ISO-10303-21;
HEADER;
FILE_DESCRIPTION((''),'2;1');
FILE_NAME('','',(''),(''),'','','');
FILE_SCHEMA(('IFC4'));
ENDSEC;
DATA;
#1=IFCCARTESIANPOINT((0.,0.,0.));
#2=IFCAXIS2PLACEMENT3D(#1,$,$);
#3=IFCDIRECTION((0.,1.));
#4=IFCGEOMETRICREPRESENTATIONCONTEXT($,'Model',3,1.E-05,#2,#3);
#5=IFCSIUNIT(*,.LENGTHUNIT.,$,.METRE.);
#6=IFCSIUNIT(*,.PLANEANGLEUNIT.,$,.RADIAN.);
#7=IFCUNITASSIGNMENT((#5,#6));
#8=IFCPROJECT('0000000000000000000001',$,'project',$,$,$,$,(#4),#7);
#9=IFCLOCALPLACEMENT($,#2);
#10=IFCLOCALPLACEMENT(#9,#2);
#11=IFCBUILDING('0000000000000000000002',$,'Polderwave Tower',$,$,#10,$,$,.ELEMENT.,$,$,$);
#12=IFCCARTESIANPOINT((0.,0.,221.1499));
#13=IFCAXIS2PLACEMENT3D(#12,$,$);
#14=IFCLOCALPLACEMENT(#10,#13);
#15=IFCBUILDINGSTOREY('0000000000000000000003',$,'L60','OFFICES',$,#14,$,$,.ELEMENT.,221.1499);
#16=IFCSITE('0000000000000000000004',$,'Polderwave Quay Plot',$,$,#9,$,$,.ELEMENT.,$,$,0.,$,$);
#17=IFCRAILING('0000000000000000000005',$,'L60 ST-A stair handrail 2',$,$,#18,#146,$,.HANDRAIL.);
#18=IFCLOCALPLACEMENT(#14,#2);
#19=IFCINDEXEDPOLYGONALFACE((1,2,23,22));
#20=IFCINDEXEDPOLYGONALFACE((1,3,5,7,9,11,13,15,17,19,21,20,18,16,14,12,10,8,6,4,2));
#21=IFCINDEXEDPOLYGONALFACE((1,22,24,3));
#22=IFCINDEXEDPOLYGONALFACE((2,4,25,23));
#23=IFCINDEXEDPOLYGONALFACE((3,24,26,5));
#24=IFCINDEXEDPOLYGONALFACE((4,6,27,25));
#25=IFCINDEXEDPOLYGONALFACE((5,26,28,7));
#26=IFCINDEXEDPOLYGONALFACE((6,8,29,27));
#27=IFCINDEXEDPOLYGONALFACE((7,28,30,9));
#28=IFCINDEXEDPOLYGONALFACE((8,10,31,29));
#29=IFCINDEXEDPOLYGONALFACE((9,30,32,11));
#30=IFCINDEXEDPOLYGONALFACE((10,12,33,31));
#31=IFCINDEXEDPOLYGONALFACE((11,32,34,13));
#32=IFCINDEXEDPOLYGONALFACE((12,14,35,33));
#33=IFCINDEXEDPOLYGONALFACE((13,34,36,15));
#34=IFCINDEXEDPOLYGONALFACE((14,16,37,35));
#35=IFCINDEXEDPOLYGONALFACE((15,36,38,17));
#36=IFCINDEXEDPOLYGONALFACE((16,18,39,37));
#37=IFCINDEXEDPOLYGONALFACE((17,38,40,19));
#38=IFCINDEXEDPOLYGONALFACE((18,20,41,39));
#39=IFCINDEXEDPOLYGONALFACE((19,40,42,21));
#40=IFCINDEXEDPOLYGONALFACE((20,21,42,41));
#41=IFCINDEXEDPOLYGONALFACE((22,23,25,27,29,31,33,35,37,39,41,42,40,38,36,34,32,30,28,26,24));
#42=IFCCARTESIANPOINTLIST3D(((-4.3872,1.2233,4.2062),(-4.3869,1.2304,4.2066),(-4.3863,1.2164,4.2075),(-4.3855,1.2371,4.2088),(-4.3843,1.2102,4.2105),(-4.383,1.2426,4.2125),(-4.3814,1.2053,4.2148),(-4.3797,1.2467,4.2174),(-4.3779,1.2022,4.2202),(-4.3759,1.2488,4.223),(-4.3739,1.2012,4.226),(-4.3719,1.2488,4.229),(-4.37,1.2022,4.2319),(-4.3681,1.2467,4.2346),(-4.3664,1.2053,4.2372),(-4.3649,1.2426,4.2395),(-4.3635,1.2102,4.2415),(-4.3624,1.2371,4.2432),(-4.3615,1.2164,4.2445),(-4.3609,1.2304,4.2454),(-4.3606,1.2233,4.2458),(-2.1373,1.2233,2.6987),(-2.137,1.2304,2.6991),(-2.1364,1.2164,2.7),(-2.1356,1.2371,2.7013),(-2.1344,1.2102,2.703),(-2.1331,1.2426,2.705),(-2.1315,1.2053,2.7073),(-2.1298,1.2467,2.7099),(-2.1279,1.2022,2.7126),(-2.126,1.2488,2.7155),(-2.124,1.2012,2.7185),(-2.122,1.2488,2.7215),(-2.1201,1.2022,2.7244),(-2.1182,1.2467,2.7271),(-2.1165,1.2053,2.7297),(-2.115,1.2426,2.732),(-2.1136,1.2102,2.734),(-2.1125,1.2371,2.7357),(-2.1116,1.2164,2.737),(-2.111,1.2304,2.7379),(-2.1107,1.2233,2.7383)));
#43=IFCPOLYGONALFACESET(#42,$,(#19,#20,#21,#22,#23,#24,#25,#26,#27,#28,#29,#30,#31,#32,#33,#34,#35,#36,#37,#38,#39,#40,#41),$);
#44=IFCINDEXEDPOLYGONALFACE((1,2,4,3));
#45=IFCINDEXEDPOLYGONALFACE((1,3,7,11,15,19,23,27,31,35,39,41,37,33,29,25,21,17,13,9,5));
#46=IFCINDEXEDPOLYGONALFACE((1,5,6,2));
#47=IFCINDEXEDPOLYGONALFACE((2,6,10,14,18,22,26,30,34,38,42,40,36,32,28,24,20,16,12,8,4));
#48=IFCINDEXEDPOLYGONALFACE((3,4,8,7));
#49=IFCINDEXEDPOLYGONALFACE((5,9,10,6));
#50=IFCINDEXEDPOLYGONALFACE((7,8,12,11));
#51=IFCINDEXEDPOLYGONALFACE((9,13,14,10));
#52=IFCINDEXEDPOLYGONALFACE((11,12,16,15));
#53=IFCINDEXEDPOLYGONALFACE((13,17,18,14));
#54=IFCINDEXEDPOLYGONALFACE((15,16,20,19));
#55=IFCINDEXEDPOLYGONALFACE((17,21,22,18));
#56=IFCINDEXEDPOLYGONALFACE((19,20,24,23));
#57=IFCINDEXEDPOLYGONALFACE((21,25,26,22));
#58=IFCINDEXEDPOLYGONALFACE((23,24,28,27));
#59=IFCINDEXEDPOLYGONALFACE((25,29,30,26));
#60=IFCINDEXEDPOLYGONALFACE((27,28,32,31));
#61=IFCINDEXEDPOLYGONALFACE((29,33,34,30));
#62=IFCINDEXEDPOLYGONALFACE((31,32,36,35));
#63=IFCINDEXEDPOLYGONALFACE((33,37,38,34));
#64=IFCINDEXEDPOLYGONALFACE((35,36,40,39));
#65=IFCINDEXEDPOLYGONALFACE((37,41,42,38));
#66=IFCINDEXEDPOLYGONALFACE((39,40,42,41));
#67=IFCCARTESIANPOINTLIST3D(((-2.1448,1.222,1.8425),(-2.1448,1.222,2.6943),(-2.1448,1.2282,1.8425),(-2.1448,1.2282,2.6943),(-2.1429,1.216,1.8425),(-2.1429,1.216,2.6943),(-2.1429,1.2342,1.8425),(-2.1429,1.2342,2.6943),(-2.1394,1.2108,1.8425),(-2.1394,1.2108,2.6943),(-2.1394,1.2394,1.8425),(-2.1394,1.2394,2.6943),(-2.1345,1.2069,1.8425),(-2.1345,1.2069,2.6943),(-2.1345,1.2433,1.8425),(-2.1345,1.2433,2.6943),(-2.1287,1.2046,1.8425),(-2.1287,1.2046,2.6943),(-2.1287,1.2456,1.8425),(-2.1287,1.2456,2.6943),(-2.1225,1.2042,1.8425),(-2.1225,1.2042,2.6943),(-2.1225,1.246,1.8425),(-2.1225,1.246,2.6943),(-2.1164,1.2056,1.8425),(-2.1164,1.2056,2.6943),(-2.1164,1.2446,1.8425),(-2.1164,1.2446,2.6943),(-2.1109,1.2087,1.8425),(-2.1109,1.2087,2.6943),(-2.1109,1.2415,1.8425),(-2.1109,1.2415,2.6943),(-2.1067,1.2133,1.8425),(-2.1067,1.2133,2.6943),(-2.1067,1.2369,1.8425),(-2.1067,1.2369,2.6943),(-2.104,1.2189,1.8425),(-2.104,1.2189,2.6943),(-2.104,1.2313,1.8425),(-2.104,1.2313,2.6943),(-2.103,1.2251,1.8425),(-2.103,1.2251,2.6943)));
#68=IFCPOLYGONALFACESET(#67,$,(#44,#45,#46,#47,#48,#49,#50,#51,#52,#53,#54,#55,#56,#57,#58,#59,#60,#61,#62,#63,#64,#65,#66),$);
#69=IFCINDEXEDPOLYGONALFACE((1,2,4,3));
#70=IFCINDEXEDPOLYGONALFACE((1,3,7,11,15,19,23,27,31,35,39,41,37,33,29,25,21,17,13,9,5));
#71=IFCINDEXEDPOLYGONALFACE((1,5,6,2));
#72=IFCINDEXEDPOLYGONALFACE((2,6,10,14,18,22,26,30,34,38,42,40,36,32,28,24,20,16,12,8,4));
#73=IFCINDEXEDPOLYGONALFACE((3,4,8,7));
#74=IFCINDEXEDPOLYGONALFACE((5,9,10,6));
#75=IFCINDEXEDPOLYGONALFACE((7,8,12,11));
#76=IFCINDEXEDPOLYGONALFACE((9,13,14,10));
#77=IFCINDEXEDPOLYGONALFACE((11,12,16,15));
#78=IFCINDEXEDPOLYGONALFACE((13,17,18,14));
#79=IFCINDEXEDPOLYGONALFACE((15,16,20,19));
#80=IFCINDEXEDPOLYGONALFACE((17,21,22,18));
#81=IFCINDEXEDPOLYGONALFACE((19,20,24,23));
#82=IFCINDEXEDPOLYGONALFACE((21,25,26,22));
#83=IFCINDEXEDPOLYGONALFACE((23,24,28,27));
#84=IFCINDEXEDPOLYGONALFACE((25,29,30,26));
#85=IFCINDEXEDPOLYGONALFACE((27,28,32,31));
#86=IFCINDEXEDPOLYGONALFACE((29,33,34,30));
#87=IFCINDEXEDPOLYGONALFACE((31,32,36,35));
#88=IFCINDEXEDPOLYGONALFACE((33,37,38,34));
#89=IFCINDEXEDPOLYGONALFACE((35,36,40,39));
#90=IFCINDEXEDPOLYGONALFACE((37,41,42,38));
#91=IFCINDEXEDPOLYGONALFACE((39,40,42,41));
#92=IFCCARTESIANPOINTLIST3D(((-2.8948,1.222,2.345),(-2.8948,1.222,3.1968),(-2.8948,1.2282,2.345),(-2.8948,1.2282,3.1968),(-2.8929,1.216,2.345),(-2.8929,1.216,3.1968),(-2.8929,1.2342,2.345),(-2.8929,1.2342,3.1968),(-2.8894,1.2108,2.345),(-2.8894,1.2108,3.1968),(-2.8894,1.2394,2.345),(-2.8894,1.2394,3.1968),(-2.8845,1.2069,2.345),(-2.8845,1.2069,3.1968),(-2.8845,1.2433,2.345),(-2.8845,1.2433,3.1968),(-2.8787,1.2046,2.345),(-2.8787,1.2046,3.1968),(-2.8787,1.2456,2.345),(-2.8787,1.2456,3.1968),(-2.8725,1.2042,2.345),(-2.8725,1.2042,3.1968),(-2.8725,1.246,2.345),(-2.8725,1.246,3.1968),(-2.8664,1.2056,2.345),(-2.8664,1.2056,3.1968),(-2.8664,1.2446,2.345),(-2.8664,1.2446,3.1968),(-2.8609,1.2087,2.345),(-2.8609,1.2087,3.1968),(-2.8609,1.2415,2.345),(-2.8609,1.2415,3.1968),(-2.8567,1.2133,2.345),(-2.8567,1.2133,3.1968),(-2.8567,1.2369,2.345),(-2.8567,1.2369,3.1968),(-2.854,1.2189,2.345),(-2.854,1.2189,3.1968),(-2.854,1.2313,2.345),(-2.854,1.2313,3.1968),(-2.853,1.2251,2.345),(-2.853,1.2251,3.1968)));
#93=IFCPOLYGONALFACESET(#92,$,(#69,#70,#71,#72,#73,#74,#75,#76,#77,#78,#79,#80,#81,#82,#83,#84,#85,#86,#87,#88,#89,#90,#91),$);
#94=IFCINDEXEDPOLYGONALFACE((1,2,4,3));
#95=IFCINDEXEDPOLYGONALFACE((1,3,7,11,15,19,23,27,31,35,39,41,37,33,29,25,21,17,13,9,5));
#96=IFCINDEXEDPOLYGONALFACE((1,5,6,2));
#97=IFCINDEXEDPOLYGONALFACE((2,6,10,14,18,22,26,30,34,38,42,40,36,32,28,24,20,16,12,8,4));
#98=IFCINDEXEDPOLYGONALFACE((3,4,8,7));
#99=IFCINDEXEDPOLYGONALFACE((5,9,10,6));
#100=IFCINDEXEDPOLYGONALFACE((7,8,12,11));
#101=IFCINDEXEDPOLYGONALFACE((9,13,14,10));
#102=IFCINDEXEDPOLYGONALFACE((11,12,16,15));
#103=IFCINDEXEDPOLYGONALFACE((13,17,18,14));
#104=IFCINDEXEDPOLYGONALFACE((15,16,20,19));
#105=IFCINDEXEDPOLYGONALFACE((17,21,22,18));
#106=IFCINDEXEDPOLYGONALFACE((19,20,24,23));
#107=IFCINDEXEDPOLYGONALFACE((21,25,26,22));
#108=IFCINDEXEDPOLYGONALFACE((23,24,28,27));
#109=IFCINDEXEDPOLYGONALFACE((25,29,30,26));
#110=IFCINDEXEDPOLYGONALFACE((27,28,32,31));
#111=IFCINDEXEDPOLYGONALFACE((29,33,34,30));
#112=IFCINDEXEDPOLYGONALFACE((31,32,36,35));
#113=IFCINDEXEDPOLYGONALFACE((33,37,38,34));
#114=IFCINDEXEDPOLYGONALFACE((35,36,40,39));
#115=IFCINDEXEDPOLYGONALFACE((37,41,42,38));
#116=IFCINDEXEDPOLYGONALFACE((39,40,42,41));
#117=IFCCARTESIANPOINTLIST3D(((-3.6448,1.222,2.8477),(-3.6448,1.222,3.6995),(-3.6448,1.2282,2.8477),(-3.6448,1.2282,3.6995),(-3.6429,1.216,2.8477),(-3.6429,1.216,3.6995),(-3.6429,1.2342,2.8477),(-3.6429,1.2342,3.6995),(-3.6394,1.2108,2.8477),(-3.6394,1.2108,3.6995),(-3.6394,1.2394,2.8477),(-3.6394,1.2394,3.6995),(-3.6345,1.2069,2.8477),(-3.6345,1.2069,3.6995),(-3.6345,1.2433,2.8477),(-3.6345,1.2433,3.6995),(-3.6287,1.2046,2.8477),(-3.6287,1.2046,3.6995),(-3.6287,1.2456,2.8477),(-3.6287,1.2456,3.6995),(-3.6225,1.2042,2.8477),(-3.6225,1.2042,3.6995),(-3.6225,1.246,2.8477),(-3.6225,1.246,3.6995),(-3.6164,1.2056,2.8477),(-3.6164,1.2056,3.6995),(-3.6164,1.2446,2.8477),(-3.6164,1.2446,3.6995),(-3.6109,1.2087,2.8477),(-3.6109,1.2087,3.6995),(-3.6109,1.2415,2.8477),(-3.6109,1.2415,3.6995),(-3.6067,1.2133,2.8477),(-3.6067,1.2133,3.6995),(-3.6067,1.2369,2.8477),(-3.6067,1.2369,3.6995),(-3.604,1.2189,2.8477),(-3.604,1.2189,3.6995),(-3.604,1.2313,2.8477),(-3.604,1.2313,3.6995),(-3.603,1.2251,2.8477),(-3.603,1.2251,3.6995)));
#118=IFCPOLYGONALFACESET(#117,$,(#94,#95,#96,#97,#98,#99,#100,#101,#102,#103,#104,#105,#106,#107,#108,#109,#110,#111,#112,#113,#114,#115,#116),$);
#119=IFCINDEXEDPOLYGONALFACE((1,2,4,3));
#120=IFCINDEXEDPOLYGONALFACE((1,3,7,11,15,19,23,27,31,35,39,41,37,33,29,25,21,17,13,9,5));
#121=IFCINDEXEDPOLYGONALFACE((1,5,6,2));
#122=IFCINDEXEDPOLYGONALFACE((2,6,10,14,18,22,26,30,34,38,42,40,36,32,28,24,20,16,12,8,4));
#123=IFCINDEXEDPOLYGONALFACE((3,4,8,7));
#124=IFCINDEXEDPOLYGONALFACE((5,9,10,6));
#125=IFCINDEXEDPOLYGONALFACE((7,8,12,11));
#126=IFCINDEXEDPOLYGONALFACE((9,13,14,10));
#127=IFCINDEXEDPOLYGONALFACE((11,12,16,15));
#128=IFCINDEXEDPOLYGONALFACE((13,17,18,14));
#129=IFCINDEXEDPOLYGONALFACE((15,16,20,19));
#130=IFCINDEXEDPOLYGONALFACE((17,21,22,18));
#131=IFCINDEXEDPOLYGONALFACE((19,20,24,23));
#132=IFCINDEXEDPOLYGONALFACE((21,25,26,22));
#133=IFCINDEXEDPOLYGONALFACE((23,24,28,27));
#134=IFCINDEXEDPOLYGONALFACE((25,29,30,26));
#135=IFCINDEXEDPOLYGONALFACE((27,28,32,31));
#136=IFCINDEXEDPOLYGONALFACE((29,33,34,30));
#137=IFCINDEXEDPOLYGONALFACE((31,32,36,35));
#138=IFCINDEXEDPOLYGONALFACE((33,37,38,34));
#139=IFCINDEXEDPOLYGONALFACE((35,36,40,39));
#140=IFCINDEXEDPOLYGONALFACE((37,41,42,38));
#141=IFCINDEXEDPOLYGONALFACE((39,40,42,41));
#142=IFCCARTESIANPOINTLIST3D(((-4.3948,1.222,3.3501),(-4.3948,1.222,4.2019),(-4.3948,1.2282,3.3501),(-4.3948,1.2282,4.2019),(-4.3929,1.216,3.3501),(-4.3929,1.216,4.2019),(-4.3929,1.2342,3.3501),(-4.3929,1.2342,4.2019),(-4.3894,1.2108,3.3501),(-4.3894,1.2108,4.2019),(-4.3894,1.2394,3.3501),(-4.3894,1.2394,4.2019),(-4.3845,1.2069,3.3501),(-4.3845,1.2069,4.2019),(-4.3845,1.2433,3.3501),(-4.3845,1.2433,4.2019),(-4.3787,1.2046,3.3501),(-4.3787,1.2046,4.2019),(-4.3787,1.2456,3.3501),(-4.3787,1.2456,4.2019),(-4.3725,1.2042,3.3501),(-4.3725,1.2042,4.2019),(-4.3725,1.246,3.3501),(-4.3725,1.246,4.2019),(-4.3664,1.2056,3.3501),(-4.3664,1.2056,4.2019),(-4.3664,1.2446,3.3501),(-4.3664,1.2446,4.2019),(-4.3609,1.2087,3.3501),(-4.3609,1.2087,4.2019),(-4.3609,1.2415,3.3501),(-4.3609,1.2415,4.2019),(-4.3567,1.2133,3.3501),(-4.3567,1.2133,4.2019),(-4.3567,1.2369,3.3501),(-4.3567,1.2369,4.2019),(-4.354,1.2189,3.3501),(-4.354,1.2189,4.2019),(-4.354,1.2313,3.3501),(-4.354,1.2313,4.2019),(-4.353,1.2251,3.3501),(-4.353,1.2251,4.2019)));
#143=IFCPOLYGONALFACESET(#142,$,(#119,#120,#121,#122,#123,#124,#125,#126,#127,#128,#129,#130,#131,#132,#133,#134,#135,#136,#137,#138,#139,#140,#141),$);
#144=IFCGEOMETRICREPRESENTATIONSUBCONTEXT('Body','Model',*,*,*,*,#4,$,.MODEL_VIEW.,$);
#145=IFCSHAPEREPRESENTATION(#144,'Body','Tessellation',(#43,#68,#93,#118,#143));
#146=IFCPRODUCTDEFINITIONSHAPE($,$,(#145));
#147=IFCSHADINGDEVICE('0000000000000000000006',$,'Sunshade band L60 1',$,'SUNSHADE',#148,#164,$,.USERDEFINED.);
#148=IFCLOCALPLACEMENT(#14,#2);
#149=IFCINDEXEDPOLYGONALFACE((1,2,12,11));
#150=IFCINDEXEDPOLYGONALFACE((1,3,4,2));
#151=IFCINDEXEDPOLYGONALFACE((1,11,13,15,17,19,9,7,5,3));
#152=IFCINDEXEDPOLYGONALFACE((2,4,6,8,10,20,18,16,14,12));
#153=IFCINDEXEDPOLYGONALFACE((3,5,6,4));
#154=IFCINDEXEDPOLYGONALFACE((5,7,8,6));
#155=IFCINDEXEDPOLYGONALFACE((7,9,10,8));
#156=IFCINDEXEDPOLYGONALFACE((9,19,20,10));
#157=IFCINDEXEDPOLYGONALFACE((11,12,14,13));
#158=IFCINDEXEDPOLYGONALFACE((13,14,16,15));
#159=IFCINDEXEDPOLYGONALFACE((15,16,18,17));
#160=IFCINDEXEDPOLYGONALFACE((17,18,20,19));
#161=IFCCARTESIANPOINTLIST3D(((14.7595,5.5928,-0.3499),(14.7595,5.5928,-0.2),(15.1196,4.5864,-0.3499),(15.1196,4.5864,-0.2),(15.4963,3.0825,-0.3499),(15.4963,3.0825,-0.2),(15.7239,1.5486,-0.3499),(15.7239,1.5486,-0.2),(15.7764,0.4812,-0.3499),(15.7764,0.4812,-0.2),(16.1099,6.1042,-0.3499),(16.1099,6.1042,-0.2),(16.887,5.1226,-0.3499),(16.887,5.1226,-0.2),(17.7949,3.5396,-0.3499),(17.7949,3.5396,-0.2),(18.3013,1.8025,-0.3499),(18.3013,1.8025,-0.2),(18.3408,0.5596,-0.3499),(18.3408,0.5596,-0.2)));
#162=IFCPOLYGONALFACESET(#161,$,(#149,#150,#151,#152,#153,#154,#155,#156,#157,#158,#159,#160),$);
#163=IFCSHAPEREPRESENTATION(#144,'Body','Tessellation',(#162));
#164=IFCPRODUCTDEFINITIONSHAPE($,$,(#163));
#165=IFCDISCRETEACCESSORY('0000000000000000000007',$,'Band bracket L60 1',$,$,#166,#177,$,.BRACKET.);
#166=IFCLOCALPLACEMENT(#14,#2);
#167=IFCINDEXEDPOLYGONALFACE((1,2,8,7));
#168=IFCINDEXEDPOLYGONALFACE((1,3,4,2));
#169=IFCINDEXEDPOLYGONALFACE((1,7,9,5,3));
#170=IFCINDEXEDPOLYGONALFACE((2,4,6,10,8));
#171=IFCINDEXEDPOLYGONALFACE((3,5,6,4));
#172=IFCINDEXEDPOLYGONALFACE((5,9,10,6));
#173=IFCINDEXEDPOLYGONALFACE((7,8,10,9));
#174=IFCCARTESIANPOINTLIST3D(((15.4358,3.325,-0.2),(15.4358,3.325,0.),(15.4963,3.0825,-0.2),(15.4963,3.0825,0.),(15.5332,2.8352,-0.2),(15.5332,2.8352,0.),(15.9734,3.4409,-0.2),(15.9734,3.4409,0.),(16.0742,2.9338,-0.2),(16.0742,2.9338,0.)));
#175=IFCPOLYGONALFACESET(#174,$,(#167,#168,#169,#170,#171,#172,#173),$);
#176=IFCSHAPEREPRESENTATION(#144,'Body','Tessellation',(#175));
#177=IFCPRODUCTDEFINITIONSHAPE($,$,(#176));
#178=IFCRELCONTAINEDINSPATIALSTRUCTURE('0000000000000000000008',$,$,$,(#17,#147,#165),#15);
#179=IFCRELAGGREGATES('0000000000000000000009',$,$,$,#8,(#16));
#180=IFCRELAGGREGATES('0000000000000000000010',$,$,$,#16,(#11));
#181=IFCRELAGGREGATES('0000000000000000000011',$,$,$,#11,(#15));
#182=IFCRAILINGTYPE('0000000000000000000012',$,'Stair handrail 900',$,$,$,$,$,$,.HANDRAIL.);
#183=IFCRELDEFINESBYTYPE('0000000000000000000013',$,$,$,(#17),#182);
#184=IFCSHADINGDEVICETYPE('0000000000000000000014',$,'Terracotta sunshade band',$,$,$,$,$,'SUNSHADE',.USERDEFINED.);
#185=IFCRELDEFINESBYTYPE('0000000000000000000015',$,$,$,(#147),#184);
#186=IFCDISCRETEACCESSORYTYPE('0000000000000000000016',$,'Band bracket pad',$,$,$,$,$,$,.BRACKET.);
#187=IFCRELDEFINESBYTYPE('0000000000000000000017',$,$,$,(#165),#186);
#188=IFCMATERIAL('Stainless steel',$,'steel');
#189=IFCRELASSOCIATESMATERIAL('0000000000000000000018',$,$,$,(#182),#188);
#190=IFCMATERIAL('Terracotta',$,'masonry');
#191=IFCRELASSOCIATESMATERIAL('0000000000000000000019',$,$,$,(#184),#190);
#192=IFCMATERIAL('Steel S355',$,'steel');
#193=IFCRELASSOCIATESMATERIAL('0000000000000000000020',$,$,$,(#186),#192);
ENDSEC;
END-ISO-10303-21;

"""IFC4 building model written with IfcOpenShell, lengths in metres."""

from ifc_helpers import new_model, si_unit, direction, frame, origin, origin_2d, place, context, subcontext, project, spatial, polyline, circle, outline, extrude, material, type_object, element, save


model = new_model("IFC4")

# Units and contexts
model_context = context("Model", 3, precision=1e-05, world=origin(), true_north=direction((0.0, 1.0)))
body_context = subcontext(model_context, "Body", "Model", "MODEL_VIEW")
ifc_project = project(units=[si_unit("LENGTHUNIT", "METRE"), si_unit("PLANEANGLEUNIT", "RADIAN")], contexts=[model_context])

# Site, building, storey
site_placement = place(None, origin())
site = spatial("IfcSite", under=ifc_project, at=site_placement, Name="Polderwave Quay Plot", CompositionType="ELEMENT", RefElevation=0.0)
building_placement = place(site_placement, origin())
building = spatial("IfcBuilding", under=site, at=building_placement, Name="Polderwave Tower", CompositionType="ELEMENT")
storey_placement = place(building_placement, frame((0.0, 0.0, 221.1499)))
storey = spatial("IfcBuildingStorey", under=building, at=storey_placement, Name="L60", Description="OFFICES", CompositionType="ELEMENT", Elevation=221.1499)

# Shared definitions
ifc_material_1 = material(Name="Stainless steel", Category="steel")

# Railing
railing_type_1 = type_object("IfcRailingType", Name="Stair handrail 900", PredefinedType="HANDRAIL", material=ifc_material_1)
railing_1_placement = place(storey_placement, frame((-2.124, 1.2251, 1.8425)))
element("IfcRailing", 1, at=railing_1_placement, inside=storey, type_object=railing_type_1, Name="L60 ST-A stair handrail 2", PredefinedType="HANDRAIL", context=body_context, shape_type="SweptSolid", body=[
    extrude(circle(Radius=0.0239, at=origin_2d()), frame((0.0, 0.0, 0.876), z_axis=(-0.830758, 0.0, 0.556633), x_axis=(0.0, -1.0, 0.0)), (0.0, 0.0, 1.0), 2.7083),
    extrude(circle(Radius=0.021, at=origin_2d()), origin(), (0.0, 0.0, 1.0), 0.8518),
    extrude(circle(Radius=0.021, at=origin_2d()), frame((-0.75, 0.0, 0.5024)), (0.0, 0.0, 1.0), 0.8518),
    extrude(circle(Radius=0.021, at=origin_2d()), frame((-1.5, 0.0, 1.0051)), (0.0, 0.0, 1.0), 0.8518),
    extrude(circle(Radius=0.021, at=origin_2d()), frame((-2.25, 0.0, 1.5076)), (0.0, 0.0, 1.0), 0.8518),
])

# Shading device
ifc_material_2 = material(Name="Terracotta", Category="masonry")
shading_device_type = type_object("IfcShadingDeviceType", Name="Terracotta sunshade band", ElementType="SUNSHADE", PredefinedType="USERDEFINED", material=ifc_material_2)
shading_device_placement = place(storey_placement, frame((0.0, 0.0, -0.3499)))
element("IfcShadingDevice", 2, at=shading_device_placement, inside=storey, type_object=shading_device_type, Name="Sunshade band L60 1", ObjectType="SUNSHADE", PredefinedType="USERDEFINED", context=body_context, shape_type="SweptSolid", body=[
    extrude(outline(polyline([(15.7764, 0.4812), (15.7239, 1.5486), (15.4963, 3.0825), (15.1196, 4.5864), (14.7595, 5.5928), (16.1099, 6.1042), (16.887, 5.1226), (17.7949, 3.5396), (18.3013, 1.8025), (18.3408, 0.5596), (15.7764, 0.4812)])), origin(), (0.0, 0.0, 1.0), 0.1499),
])

# Discrete accessory
ifc_material_3 = material(Name="Steel S355", Category="steel")
discrete_accessory_type = type_object("IfcDiscreteAccessoryType", Name="Band bracket pad", PredefinedType="BRACKET", material=ifc_material_3)
discrete_accessory_placement = place(storey_placement, frame((0.0, 0.0, -0.2)))
element("IfcDiscreteAccessory", 3, at=discrete_accessory_placement, inside=storey, type_object=discrete_accessory_type, Name="Band bracket L60 1", PredefinedType="BRACKET", context=body_context, shape_type="SweptSolid", body=[
    extrude(outline(polyline([(15.5332, 2.8352), (15.4963, 3.0825), (15.4358, 3.325), (15.9734, 3.4409), (16.0742, 2.9338), (15.5332, 2.8352)])), origin(), (0.0, 0.0, 1.0), 0.2),
])

save(model, "model.ifc")
